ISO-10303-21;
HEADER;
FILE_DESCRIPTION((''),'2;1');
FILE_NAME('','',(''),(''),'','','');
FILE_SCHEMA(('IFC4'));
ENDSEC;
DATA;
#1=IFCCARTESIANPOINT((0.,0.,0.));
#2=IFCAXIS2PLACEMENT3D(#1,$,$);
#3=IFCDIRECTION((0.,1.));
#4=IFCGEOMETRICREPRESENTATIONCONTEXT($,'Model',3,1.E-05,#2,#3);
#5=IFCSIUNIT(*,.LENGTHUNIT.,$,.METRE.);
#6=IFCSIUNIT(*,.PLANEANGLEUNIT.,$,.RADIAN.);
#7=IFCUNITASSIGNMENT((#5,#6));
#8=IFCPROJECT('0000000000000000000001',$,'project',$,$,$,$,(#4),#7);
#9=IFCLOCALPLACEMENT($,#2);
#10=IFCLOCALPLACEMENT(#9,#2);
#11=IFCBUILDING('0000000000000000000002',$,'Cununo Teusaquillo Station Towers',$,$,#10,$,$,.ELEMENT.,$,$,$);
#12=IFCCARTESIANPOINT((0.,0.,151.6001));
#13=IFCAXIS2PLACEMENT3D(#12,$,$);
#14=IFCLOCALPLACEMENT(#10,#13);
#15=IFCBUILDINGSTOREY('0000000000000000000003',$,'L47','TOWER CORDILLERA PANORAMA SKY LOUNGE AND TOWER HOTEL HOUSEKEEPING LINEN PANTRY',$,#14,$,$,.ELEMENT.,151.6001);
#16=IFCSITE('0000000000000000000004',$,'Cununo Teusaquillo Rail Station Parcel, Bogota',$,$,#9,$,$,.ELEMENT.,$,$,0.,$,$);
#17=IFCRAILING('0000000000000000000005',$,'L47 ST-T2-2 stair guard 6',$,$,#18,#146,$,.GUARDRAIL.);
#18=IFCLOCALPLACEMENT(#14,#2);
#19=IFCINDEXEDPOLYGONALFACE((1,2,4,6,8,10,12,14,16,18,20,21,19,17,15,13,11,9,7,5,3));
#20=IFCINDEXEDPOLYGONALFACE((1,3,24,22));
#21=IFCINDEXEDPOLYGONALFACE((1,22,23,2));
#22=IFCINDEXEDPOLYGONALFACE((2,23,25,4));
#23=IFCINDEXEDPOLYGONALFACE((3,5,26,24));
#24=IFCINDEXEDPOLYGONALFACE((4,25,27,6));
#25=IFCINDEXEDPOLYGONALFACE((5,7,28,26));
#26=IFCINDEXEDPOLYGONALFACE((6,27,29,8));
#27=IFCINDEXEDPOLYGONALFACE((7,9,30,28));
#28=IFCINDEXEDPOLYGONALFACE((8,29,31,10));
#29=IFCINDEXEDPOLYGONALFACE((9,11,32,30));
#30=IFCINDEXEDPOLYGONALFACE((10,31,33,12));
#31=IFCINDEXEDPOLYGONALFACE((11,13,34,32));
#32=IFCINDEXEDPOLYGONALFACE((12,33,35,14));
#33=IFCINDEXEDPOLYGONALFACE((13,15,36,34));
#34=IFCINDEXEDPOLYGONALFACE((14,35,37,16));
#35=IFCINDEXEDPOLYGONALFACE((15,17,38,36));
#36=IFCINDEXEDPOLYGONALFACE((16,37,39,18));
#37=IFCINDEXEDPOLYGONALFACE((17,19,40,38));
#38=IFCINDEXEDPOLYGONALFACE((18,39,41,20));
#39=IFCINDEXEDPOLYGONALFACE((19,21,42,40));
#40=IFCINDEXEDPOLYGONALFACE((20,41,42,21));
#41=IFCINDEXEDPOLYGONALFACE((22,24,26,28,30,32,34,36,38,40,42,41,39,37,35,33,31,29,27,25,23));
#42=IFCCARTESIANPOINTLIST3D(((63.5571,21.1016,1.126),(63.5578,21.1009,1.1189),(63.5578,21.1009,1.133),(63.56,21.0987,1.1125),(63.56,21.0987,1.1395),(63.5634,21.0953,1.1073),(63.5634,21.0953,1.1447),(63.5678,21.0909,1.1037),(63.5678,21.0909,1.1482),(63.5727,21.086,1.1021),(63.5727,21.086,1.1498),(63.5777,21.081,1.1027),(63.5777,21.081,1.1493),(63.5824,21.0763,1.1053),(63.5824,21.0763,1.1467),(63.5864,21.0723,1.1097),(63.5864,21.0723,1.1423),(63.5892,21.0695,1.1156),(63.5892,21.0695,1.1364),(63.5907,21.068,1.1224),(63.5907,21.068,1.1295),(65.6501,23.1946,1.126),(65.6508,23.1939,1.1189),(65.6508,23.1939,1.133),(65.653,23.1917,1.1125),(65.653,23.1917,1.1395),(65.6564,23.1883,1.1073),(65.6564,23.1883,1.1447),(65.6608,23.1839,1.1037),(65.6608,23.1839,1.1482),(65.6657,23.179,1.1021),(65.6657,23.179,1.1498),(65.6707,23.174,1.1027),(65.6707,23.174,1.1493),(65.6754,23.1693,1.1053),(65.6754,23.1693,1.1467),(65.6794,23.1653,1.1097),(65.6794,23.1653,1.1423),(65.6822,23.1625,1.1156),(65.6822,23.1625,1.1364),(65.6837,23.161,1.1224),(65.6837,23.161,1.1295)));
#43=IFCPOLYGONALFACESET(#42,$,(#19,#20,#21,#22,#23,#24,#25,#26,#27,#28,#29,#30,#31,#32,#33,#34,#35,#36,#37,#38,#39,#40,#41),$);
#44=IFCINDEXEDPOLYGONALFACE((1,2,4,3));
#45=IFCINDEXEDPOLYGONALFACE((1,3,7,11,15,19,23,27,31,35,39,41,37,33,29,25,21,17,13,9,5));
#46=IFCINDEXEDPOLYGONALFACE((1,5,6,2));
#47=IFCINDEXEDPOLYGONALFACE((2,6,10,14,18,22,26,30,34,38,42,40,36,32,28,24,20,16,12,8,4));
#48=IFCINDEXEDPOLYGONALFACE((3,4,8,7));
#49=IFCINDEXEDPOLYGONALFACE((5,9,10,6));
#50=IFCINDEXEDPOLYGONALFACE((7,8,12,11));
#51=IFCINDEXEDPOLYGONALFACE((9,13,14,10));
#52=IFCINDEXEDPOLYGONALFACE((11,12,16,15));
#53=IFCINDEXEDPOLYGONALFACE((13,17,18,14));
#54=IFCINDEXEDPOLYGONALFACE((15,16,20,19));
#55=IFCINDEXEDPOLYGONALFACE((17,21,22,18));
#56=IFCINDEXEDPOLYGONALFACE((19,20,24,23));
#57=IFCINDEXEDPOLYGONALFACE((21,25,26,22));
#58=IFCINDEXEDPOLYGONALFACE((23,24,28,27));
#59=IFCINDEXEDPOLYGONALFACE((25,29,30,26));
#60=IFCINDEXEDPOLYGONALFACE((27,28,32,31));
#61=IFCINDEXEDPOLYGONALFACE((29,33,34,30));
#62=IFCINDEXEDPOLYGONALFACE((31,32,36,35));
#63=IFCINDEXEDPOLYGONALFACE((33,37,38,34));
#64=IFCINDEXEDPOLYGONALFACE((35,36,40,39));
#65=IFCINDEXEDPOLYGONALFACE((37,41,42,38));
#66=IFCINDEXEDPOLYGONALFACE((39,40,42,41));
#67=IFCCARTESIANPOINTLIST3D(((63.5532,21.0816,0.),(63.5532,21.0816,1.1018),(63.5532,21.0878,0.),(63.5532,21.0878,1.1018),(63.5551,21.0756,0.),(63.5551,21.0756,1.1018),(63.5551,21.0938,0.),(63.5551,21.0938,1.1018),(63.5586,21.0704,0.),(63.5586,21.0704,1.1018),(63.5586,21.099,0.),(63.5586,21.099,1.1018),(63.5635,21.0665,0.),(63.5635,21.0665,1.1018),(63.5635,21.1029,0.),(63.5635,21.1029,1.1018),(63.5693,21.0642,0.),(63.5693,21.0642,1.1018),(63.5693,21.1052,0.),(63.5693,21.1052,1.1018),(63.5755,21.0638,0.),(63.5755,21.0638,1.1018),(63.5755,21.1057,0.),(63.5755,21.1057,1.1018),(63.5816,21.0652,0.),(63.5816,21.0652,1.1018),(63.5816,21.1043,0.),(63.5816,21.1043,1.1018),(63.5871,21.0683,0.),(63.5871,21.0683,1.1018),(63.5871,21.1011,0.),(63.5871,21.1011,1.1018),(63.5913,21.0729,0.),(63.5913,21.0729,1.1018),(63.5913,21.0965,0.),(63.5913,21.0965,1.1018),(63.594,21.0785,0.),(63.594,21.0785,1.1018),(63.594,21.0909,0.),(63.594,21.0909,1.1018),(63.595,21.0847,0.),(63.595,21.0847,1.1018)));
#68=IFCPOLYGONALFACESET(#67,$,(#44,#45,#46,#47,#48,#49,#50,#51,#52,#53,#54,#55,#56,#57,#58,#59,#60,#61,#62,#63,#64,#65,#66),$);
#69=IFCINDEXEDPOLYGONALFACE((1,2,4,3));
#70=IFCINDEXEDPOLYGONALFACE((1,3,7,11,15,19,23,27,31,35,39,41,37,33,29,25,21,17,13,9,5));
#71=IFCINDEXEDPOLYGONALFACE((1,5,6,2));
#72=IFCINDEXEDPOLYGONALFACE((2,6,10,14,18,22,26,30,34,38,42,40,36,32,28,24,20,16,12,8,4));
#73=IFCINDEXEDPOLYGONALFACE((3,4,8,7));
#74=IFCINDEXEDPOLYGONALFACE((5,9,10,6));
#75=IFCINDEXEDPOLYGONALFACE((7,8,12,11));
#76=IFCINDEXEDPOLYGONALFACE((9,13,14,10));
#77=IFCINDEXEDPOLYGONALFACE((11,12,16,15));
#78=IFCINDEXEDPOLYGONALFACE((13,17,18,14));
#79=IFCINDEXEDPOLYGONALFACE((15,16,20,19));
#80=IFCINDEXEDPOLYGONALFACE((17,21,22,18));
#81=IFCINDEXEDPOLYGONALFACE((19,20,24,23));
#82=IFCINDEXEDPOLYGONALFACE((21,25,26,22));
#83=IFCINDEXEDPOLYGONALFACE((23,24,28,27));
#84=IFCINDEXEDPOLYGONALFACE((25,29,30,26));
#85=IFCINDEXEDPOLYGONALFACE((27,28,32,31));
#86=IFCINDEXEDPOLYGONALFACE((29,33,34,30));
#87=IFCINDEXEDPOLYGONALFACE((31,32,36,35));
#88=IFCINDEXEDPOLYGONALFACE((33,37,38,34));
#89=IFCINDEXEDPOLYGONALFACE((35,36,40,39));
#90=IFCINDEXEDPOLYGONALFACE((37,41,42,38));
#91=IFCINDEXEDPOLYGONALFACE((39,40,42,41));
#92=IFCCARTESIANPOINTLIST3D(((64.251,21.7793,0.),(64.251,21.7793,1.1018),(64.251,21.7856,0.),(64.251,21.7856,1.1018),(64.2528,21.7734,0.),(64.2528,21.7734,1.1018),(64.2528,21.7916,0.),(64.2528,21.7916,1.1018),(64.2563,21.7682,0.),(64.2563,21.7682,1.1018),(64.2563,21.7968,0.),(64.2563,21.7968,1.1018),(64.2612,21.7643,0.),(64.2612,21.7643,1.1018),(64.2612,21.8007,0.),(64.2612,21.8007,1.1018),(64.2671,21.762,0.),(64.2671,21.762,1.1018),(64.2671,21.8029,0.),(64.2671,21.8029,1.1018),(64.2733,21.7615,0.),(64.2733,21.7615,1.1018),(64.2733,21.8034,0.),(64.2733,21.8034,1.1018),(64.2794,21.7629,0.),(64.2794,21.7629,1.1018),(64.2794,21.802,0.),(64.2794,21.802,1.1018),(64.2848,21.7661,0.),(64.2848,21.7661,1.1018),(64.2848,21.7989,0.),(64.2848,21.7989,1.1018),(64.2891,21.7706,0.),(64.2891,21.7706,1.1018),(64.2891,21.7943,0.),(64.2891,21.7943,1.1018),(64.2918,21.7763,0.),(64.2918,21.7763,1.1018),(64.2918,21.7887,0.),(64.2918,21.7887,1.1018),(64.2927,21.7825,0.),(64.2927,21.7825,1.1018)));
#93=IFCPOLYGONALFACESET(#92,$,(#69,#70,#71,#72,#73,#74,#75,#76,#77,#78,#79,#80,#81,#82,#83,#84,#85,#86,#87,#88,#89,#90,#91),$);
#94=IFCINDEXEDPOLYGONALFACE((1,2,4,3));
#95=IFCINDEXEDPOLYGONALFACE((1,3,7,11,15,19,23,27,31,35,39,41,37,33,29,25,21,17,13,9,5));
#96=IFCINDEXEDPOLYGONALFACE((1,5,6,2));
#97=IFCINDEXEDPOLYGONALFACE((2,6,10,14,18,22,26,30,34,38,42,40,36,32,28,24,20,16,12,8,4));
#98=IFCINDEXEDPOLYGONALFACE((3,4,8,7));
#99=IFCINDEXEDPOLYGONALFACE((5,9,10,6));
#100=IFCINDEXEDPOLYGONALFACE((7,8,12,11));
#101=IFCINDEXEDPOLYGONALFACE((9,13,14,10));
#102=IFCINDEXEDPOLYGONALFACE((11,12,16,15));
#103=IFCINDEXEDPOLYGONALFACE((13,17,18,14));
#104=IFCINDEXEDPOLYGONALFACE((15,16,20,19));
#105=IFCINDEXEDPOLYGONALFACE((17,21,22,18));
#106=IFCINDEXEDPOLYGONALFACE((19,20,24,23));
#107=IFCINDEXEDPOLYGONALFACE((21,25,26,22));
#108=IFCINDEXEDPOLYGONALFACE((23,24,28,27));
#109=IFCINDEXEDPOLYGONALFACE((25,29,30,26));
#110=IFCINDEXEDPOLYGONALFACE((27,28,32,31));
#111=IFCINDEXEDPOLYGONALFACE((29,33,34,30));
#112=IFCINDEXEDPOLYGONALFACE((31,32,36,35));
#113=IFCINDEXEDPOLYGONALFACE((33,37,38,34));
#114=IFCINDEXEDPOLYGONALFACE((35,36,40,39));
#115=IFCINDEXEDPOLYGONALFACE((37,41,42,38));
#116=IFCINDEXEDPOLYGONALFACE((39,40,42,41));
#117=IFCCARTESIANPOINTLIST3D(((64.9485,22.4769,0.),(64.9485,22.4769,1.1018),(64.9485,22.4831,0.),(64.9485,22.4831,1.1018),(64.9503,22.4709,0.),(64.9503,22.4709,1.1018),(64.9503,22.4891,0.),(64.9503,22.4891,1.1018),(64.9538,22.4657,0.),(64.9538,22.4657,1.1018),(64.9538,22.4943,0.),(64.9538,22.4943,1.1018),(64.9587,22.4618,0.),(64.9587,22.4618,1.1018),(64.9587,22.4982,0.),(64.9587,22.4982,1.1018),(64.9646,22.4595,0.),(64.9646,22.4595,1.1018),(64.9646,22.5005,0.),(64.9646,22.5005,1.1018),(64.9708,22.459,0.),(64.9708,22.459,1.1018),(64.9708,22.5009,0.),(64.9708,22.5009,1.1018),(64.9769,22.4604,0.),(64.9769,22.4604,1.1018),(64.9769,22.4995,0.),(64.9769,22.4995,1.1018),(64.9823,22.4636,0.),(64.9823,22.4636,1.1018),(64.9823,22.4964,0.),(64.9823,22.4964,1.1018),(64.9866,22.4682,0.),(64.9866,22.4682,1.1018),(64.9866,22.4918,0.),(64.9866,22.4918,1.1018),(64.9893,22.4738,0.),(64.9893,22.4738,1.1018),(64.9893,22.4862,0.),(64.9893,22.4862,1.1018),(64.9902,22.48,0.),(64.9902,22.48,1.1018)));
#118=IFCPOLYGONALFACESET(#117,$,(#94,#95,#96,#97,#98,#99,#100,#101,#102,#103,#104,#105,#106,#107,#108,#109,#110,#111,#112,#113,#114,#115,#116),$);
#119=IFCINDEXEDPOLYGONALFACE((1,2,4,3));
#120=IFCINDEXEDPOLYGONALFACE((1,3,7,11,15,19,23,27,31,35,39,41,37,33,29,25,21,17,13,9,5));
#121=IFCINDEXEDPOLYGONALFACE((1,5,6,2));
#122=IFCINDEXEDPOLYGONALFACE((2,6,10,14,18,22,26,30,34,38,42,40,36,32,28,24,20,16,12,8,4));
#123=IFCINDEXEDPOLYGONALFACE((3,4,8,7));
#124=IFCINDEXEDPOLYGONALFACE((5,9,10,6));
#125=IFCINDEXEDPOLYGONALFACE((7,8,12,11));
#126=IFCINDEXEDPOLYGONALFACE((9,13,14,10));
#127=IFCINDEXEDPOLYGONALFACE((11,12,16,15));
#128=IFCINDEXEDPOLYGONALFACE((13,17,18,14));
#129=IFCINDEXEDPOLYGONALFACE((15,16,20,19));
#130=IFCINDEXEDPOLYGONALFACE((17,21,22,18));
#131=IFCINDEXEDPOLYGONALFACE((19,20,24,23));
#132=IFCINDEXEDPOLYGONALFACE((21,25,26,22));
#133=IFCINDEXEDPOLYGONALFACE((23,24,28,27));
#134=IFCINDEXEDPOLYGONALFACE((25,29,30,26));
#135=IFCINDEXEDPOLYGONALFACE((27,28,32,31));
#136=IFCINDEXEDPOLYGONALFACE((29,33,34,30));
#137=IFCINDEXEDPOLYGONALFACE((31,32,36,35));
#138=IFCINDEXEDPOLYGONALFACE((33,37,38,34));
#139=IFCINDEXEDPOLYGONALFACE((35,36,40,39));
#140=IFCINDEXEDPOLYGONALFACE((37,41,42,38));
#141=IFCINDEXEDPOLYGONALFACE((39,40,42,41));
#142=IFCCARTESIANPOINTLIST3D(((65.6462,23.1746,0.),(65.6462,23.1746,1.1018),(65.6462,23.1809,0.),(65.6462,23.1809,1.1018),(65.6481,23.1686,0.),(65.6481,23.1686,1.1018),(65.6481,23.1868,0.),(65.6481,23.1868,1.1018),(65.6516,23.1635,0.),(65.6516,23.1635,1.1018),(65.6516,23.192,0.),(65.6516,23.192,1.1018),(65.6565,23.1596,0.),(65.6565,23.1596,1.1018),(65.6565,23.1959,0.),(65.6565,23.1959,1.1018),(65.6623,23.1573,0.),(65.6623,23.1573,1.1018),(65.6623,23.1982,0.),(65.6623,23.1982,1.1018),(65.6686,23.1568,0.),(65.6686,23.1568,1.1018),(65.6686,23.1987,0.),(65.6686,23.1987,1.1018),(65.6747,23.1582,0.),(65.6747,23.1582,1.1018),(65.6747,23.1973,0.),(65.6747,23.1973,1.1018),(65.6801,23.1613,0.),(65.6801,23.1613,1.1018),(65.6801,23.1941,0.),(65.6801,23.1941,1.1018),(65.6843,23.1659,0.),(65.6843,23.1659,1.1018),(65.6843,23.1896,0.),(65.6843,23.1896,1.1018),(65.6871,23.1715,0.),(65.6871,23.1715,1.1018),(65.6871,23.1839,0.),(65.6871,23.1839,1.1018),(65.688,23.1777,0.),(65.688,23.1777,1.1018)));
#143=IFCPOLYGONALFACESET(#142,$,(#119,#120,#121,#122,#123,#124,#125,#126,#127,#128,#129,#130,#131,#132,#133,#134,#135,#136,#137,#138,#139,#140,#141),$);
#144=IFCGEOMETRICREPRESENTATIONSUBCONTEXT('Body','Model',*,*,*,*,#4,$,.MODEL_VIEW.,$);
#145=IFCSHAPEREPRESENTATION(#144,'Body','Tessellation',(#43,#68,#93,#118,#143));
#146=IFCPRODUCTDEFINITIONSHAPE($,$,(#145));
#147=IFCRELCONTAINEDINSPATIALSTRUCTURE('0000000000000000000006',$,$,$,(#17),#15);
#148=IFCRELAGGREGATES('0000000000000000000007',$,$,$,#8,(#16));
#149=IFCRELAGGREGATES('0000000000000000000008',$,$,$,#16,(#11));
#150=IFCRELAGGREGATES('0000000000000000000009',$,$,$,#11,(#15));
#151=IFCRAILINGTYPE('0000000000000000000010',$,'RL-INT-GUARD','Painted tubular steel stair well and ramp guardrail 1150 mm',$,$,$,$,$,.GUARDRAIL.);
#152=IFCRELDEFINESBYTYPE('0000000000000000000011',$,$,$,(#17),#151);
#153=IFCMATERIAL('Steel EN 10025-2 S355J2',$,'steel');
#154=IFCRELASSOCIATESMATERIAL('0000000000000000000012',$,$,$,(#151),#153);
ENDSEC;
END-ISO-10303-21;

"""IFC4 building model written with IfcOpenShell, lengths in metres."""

from ifc_helpers import new_model, si_unit, direction, frame, origin, origin_2d, place, context, subcontext, project, spatial, circle, extrude, material, type_object, element, save


model = new_model("IFC4")

# Units and contexts
model_context = context("Model", 3, precision=1e-05, world=origin(), true_north=direction((0.0, 1.0)))
body_context = subcontext(model_context, "Body", "Model", "MODEL_VIEW")
ifc_project = project(units=[si_unit("LENGTHUNIT", "METRE"), si_unit("PLANEANGLEUNIT", "RADIAN")], contexts=[model_context])

# Site, building, storey
site_placement = place(None, origin())
site = spatial("IfcSite", under=ifc_project, at=site_placement, Name="Cununo Teusaquillo Rail Station Parcel, Bogota", CompositionType="ELEMENT", RefElevation=0.0)
building_placement = place(site_placement, origin())
building = spatial("IfcBuilding", under=site, at=building_placement, Name="Cununo Teusaquillo Station Towers", CompositionType="ELEMENT")
storey_placement = place(building_placement, frame((0.0, 0.0, 151.6001)))
storey = spatial("IfcBuildingStorey", under=building, at=storey_placement, Name="L47", Description="TOWER CORDILLERA PANORAMA SKY LOUNGE AND TOWER HOTEL HOUSEKEEPING LINEN PANTRY", CompositionType="ELEMENT", Elevation=151.6001)

# Railing
ifc_material_1 = material(Name="Steel EN 10025-2 S355J2", Category="steel")
railing_type = type_object("IfcRailingType", Name="RL-INT-GUARD", Description="Painted tubular steel stair well and ramp guardrail 1150 mm", PredefinedType="GUARDRAIL", material=ifc_material_1)
railing_1_placement = place(storey_placement, frame((63.574, 21.0847, 0.0)))
element("IfcRailing", 1, at=railing_1_placement, inside=storey, type_object=railing_type, Name="L47 ST-T2-2 stair guard 6", PredefinedType="GUARDRAIL", context=body_context, shape_type="SweptSolid", body=[
    extrude(circle(Radius=0.0239, at=origin_2d()), frame((0.0, 0.0, 1.126), z_axis=(0.707107, 0.707107, 0.0), x_axis=(-0.707107, 0.707107, 0.0)), (0.0, 0.0, 1.0), 2.96),
    extrude(circle(Radius=0.021, at=origin_2d()), origin(), (0.0, 0.0, 1.0), 1.1018),
    extrude(circle(Radius=0.021, at=origin_2d()), frame((0.6978, 0.6978, 0.0)), (0.0, 0.0, 1.0), 1.1018),
    extrude(circle(Radius=0.021, at=origin_2d()), frame((1.3953, 1.3953, 0.0)), (0.0, 0.0, 1.0), 1.1018),
    extrude(circle(Radius=0.021, at=origin_2d()), frame((2.093, 2.093, 0.0)), (0.0, 0.0, 1.0), 1.1018),
])

save(model, "model.ifc")
